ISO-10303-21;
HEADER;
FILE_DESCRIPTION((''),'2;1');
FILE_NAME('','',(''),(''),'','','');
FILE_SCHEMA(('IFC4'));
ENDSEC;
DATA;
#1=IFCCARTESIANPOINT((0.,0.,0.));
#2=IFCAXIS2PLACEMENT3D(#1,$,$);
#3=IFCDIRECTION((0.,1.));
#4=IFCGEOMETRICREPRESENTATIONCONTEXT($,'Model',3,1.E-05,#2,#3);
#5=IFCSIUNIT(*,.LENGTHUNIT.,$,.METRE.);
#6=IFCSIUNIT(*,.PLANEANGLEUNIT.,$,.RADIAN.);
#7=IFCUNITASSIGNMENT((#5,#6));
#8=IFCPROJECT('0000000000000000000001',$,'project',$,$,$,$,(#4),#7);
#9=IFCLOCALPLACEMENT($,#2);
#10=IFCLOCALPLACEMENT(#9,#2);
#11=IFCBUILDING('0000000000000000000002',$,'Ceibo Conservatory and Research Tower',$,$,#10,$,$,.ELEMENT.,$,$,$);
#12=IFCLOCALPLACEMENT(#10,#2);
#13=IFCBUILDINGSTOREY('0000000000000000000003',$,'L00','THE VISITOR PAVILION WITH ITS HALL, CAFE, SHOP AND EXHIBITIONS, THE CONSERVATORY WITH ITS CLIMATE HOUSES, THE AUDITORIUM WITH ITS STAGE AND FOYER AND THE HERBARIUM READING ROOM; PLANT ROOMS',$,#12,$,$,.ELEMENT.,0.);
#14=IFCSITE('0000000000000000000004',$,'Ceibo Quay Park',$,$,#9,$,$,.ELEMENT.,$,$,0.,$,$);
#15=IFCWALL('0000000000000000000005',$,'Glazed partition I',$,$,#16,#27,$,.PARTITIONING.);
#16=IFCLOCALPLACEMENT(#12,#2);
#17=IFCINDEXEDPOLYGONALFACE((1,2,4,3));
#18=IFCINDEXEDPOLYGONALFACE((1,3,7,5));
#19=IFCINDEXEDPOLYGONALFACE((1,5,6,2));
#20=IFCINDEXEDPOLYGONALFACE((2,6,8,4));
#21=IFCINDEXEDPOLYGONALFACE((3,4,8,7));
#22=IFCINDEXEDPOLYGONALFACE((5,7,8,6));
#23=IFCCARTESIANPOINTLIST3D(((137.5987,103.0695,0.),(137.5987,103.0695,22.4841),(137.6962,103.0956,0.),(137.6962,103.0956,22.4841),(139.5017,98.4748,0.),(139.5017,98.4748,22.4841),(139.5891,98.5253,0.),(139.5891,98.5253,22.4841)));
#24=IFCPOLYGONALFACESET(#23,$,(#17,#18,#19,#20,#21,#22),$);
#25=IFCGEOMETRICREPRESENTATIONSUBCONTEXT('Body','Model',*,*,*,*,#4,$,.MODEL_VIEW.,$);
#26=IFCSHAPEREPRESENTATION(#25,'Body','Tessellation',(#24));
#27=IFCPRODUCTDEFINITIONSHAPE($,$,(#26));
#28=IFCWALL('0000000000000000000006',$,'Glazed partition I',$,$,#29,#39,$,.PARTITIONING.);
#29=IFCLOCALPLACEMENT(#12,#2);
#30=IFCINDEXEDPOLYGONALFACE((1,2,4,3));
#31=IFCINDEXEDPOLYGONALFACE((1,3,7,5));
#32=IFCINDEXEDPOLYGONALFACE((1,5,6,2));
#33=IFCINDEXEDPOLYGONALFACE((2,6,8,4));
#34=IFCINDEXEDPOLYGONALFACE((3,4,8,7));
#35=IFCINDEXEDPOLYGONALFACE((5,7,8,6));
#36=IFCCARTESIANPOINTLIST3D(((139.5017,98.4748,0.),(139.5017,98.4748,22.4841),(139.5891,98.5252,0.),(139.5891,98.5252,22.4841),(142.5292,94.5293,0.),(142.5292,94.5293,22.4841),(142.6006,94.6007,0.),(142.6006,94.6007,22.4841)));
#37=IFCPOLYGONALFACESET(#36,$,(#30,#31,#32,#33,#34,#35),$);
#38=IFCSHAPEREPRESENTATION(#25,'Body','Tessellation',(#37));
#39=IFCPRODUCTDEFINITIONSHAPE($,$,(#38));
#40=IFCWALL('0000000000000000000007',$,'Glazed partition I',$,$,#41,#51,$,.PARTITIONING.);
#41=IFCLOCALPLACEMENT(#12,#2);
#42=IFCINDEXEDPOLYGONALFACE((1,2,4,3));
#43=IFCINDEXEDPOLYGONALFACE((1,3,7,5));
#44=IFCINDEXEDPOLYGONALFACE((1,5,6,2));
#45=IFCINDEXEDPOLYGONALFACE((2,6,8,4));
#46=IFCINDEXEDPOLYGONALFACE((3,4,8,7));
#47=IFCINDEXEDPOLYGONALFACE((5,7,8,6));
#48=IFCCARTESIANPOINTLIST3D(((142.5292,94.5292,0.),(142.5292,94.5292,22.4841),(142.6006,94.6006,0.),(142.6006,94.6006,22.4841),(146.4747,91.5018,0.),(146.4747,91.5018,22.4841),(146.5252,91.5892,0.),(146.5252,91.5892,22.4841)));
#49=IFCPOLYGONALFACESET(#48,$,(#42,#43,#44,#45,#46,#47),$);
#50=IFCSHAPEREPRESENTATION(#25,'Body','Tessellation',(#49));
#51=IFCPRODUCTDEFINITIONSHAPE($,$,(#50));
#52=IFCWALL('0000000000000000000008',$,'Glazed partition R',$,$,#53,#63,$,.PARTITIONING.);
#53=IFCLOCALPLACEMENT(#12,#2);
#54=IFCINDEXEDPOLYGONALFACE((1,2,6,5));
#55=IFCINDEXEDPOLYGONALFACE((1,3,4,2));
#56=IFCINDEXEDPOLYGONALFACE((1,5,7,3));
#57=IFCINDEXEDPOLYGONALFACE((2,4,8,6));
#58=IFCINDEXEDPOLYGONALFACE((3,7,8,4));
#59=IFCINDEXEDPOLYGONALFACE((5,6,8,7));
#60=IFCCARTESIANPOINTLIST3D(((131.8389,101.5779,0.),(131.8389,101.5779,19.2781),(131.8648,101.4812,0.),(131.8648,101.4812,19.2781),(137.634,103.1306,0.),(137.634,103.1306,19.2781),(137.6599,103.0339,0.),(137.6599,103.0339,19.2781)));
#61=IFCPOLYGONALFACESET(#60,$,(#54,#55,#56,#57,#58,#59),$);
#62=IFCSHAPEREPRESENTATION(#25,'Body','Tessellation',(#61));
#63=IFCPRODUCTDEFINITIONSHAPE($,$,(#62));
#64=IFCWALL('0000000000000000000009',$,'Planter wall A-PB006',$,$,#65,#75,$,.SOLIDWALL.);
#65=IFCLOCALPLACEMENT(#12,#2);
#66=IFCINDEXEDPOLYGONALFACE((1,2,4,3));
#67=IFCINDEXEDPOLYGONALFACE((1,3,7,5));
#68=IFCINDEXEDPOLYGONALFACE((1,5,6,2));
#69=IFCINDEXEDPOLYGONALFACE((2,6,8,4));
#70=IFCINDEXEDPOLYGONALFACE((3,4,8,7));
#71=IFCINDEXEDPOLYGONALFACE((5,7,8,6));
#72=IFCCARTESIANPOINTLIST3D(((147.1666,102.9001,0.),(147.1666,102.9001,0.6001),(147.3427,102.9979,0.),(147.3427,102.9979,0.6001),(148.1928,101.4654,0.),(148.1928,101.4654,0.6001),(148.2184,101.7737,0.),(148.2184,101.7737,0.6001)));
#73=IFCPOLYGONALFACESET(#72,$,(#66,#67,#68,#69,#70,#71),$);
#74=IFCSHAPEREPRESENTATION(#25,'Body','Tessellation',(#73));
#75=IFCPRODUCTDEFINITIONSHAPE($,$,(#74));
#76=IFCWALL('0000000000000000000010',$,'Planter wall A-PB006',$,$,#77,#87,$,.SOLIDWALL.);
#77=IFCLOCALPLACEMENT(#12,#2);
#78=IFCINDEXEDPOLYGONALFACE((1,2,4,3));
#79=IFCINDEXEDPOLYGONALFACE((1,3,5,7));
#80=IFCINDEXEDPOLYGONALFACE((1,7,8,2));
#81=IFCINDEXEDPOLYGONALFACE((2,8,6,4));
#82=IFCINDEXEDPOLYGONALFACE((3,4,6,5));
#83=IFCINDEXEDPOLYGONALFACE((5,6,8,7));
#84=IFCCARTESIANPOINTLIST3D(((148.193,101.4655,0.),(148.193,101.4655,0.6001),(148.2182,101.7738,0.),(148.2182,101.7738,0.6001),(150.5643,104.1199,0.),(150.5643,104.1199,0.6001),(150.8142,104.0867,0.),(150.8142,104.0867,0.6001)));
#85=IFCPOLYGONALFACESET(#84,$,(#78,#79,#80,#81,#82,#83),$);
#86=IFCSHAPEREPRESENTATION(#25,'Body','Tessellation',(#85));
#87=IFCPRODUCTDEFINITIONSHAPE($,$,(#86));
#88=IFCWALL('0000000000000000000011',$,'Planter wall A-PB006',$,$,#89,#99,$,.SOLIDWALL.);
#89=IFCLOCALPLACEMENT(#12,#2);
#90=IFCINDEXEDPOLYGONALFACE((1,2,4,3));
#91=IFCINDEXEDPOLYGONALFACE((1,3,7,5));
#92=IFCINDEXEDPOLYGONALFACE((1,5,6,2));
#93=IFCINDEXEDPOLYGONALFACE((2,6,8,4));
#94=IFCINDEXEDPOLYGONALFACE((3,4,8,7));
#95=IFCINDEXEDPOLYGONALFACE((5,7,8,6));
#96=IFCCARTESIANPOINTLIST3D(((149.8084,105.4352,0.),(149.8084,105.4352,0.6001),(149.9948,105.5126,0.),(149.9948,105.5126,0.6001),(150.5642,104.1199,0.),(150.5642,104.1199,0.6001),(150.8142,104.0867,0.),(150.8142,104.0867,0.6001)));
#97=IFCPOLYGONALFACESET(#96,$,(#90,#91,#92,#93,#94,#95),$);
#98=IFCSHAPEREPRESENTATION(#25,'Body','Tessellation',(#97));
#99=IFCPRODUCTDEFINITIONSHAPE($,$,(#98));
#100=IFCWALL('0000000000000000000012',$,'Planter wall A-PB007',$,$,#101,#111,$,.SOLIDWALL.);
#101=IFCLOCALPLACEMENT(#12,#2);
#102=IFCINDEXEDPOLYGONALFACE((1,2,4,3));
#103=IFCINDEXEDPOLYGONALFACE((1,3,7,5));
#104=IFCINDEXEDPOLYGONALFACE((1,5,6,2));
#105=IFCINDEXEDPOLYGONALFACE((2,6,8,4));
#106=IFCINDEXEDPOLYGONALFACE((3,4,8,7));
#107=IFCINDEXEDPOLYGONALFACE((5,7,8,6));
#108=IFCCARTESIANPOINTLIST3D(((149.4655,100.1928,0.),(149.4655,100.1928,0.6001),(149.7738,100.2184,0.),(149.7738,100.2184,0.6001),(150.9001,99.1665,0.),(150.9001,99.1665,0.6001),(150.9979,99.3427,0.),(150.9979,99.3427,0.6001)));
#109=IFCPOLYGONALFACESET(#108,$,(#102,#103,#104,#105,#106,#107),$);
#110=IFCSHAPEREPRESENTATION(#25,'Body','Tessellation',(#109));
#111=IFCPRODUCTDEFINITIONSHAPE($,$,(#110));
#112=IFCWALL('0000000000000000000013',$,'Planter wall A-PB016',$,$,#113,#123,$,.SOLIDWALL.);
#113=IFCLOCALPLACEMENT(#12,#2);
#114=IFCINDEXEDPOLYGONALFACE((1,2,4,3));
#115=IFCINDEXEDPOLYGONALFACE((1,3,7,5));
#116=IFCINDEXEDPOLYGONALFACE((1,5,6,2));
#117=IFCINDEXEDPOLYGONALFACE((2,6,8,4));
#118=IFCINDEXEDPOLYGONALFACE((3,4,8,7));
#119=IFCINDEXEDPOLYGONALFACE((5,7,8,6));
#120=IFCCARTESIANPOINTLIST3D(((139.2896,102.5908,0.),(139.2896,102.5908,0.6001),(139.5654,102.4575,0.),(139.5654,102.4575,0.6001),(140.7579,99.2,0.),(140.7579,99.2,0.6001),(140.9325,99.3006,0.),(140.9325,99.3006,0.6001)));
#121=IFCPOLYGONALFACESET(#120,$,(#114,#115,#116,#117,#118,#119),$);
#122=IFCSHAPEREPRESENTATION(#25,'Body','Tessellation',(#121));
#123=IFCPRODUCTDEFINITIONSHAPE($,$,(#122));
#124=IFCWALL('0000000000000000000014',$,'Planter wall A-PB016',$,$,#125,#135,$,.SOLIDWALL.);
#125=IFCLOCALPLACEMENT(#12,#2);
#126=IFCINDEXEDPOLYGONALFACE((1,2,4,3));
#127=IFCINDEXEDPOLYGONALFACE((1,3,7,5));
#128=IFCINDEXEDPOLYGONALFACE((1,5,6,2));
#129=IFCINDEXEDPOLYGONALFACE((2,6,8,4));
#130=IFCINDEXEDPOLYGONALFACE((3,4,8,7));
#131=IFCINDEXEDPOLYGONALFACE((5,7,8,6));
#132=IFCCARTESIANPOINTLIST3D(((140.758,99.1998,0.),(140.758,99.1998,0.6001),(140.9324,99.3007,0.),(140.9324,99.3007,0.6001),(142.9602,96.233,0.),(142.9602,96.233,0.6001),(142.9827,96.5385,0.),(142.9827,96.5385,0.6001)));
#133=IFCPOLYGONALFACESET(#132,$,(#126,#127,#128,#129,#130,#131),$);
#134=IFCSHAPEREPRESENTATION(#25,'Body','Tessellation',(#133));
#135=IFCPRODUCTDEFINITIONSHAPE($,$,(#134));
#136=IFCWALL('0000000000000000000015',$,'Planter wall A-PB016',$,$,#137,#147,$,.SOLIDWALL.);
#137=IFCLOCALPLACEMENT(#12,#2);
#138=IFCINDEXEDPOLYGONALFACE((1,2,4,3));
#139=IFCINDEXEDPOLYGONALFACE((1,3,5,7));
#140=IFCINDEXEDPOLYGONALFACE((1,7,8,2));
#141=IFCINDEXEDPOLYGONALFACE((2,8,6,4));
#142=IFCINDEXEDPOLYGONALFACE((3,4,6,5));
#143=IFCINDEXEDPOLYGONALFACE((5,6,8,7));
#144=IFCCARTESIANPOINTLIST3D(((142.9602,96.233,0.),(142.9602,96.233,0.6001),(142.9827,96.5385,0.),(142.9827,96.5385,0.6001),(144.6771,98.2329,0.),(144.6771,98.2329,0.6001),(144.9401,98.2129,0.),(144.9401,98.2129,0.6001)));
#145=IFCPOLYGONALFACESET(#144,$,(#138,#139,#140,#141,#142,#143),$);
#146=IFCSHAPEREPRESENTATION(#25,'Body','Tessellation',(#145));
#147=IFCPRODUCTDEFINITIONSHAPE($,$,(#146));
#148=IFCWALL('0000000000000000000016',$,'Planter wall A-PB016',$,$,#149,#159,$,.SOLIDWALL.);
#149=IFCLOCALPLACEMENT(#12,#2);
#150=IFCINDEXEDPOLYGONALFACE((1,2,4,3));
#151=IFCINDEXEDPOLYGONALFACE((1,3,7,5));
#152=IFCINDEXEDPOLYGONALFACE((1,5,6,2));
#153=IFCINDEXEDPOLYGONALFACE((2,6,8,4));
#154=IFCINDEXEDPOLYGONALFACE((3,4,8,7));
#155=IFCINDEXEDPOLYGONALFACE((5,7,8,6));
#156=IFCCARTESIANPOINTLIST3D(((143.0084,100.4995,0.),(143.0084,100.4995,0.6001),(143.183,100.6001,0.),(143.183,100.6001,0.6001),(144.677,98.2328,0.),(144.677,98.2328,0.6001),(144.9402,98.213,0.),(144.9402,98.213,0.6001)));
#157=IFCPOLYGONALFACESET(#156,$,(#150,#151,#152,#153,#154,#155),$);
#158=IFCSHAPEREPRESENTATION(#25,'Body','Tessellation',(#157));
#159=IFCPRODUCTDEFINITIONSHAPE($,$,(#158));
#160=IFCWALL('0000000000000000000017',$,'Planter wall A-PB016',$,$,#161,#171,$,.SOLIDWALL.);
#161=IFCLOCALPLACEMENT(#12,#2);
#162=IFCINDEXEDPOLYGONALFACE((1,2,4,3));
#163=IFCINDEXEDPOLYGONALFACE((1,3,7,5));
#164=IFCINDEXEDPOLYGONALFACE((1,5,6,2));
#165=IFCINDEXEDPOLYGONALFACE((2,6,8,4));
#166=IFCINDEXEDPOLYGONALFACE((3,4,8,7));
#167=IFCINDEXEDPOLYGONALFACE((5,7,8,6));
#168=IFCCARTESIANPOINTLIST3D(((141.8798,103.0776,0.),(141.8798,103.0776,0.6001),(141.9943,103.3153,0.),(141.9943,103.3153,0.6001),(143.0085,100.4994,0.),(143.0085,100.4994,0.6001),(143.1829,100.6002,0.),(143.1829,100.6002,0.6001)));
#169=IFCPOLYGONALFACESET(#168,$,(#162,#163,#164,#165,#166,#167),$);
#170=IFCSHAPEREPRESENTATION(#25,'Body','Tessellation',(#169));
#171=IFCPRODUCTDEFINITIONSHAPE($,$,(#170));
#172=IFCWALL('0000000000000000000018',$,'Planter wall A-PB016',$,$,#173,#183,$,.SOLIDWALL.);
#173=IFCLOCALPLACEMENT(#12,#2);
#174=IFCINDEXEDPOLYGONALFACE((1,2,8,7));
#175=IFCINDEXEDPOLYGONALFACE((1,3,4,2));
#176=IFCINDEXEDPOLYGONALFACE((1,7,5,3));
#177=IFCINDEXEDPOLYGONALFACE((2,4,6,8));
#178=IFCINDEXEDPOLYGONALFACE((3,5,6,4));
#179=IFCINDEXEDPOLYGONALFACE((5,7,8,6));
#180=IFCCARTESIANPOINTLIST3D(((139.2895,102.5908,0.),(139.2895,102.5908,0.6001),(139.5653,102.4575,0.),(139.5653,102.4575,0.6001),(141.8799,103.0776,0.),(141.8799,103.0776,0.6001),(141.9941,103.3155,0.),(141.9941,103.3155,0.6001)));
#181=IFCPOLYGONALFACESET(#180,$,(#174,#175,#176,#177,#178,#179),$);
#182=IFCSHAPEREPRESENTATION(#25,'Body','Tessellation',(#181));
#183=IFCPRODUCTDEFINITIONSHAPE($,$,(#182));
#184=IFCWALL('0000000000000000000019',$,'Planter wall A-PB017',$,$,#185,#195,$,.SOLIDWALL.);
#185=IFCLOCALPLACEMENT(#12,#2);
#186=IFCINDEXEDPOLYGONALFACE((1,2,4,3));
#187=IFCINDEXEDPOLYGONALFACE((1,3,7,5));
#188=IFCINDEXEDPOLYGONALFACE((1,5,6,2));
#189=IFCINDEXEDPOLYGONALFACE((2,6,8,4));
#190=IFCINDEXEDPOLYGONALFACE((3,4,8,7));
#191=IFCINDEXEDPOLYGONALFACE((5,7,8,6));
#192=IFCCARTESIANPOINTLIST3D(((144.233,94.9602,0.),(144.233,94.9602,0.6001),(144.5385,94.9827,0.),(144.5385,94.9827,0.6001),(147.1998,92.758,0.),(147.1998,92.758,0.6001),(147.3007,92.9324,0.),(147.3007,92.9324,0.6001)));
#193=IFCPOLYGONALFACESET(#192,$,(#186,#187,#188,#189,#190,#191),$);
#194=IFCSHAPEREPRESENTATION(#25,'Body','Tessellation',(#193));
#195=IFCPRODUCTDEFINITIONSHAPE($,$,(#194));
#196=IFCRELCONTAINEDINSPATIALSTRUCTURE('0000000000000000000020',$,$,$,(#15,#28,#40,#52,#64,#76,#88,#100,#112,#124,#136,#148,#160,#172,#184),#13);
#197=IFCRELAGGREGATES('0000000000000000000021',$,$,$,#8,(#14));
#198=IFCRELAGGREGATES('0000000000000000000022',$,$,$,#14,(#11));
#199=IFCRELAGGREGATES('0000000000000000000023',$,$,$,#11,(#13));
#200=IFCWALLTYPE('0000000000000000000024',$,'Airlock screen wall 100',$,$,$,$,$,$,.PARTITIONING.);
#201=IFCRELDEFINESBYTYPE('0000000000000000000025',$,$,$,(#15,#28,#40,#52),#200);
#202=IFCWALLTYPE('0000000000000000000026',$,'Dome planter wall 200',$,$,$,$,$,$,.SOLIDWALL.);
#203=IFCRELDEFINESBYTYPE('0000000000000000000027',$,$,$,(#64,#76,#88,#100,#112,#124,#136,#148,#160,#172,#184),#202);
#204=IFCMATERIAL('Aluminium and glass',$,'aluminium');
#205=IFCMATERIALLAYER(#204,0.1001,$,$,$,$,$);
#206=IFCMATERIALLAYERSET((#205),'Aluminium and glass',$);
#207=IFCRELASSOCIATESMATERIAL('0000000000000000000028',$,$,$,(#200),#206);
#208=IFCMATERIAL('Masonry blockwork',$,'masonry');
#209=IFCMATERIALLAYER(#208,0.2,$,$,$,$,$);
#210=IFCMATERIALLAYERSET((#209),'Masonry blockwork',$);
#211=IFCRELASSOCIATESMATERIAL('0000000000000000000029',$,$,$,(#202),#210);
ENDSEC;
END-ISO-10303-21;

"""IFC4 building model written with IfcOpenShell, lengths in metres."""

from ifc_helpers import new_model, si_unit, direction, frame, frame_2d, origin, place, context, subcontext, project, spatial, polyline, rectangle, outline, extrude, material, layer, layer_set, type_object, element, save


model = new_model("IFC4")

# Units and contexts
model_context = context("Model", 3, precision=1e-05, world=origin(), true_north=direction((0.0, 1.0)))
body_context = subcontext(model_context, "Body", "Model", "MODEL_VIEW")
ifc_project = project(units=[si_unit("LENGTHUNIT", "METRE"), si_unit("PLANEANGLEUNIT", "RADIAN")], contexts=[model_context])

# Site, building, storey
site_placement = place(None, origin())
site = spatial("IfcSite", under=ifc_project, at=site_placement, Name="Ceibo Quay Park", CompositionType="ELEMENT", RefElevation=0.0)
building_placement = place(site_placement, origin())
building = spatial("IfcBuilding", under=site, at=building_placement, Name="Ceibo Conservatory and Research Tower", CompositionType="ELEMENT")
storey_placement = place(building_placement, origin())
storey = spatial("IfcBuildingStorey", under=building, at=storey_placement, Name="L00", Description="THE VISITOR PAVILION WITH ITS HALL, CAFE, SHOP AND EXHIBITIONS, THE CONSERVATORY WITH ITS CLIMATE HOUSES, THE AUDITORIUM WITH ITS STAGE AND FOYER AND THE HERBARIUM READING ROOM; PLANT ROOMS", CompositionType="ELEMENT", Elevation=0.0)

# Walls
ifc_material_1 = material(Name="Aluminium and glass", Category="aluminium")
ifc_layer_1 = layer(ifc_material_1, 0.1001)
ifc_layer_set_1 = layer_set([ifc_layer_1], Name="Aluminium and glass")
wall_type_1 = type_object("IfcWallType", Name="Airlock screen wall 100", PredefinedType="PARTITIONING", material=ifc_layer_set_1)
for number, where, z_axis, x_axis, name in (
    (1, (137.6475, 103.0825, 0.0), (0.0, 0.0, 1.0), (0.38265, -0.923893, 0.0), "Glazed partition I"),
    (2, (139.5454, 98.5, 0.0), (0.0, 0.0, 1.0), (0.608768, -0.793348, 0.0), "Glazed partition I"),
    (3, (142.5649, 94.5649, 0.0), (0.0, 0.0, 1.0), (0.793348, -0.608768, 0.0), "Glazed partition I"),
):
    element("IfcWall", number, at=place(storey_placement, frame(where, z_axis=z_axis, x_axis=x_axis)), inside=storey, type_object=wall_type_1, Name=name, PredefinedType="PARTITIONING", context=body_context, shape_type="SweptSolid", body=[
        extrude(outline(polyline([(-0.0066, -0.05), (4.9666, -0.05), (4.9534, 0.05), (0.0066, 0.05), (-0.0066, -0.05)])), origin(), (0.0, 0.0, 1.0), 22.4841),
    ])
wall_1_placement = place(storey_placement, frame((137.647, 103.0823, 0.0), z_axis=(0.0, 0.0, 1.0), x_axis=(-0.965929, -0.258807, 0.0)))
element("IfcWall", 4, at=wall_1_placement, inside=storey, type_object=wall_type_1, Name="Glazed partition R", PredefinedType="PARTITIONING", context=body_context, shape_type="SweptSolid", body=[
    extrude(rectangle(XDim=5.9995, YDim=0.1001, at=frame_2d((2.9998, 0.0))), origin(), (0.0, 0.0, 1.0), 19.2781),
])
ifc_material_2 = material(Name="Masonry blockwork", Category="masonry")
ifc_layer_2 = layer(ifc_material_2, 0.2)
ifc_layer_set_2 = layer_set([ifc_layer_2], Name="Masonry blockwork")
wall_type_2 = type_object("IfcWallType", Name="Dome planter wall 200", PredefinedType="SOLIDWALL", material=ifc_layer_set_2)
wall_2_placement = place(storey_placement, frame((147.2546, 102.949, 0.0), z_axis=(0.0, 0.0, 1.0), x_axis=(0.581803, -0.81333, 0.0)))
element("IfcWall", 5, at=wall_2_placement, inside=storey, type_object=wall_type_2, Name="Planter wall A-PB006", PredefinedType="SOLIDWALL", context=body_context, shape_type="SweptSolid", body=[
    extrude(outline(polyline([(-0.0115, -0.1001), (1.7524, -0.1001), (1.5166, 0.1001), (0.0115, 0.1001), (-0.0115, -0.1001)])), origin(), (0.0, 0.0, 1.0), 0.6001),
])
wall_3_placement = place(storey_placement, frame((148.2056, 101.6196, 0.0), z_axis=(0.0, 0.0, 1.0), x_axis=(0.707107, 0.707107, 0.0)))
element("IfcWall", 6, at=wall_3_placement, inside=storey, type_object=wall_type_2, Name="Planter wall A-PB006", PredefinedType="SOLIDWALL", context=body_context, shape_type="SweptSolid", body=[
    extrude(outline(polyline([(-0.1179, -0.1001), (3.5891, -0.1001), (3.4358, 0.1001), (0.1179, 0.1001), (-0.1179, -0.1001)])), origin(), (0.0, 0.0, 1.0), 0.6001),
])
wall_4_placement = place(storey_placement, frame((150.6892, 104.1033, 0.0), z_axis=(0.0, 0.0, 1.0), x_axis=(-0.498233, 0.867043, 0.0)))
element("IfcWall", 7, at=wall_4_placement, inside=storey, type_object=wall_type_2, Name="Planter wall A-PB006", PredefinedType="SOLIDWALL", context=body_context, shape_type="SweptSolid", body=[
    extrude(outline(polyline([(-0.0767, -0.1001), (1.5679, -0.1001), (1.5938, 0.1001), (0.0767, 0.1001), (-0.0767, -0.1001)])), origin(), (0.0, 0.0, 1.0), 0.6001),
])
wall_5_placement = place(storey_placement, frame((149.6196, 100.2056, 0.0), z_axis=(0.0, 0.0, 1.0), x_axis=(0.81333, -0.581803, 0.0)))
element("IfcWall", 8, at=wall_5_placement, inside=storey, type_object=wall_type_2, Name="Planter wall A-PB007", PredefinedType="SOLIDWALL", context=body_context, shape_type="SweptSolid", body=[
    extrude(outline(polyline([(-0.1179, -0.1001), (1.646, -0.1001), (1.623, 0.1001), (0.1179, 0.1001), (-0.1179, -0.1001)])), origin(), (0.0, 0.0, 1.0), 0.6001),
])
wall_6_placement = place(storey_placement, frame((139.4275, 102.5242, 0.0), z_axis=(0.0, 0.0, 1.0), x_axis=(0.397377, -0.917655, 0.0)))
element("IfcWall", 9, at=wall_6_placement, inside=storey, type_object=wall_type_2, Name="Planter wall A-PB016", PredefinedType="SOLIDWALL", context=body_context, shape_type="SweptSolid", body=[
    extrude(outline(polyline([(-0.116, -0.1001), (3.5791, -0.1001), (3.5562, 0.1001), (0.116, 0.1001), (-0.116, -0.1001)])), origin(), (0.0, 0.0, 1.0), 0.6001),
])
wall_7_placement = place(storey_placement, frame((140.8452, 99.2502, 0.0), z_axis=(0.0, 0.0, 1.0), x_axis=(0.596018, -0.802971, 0.0)))
element("IfcWall", 10, at=wall_7_placement, inside=storey, type_object=wall_type_2, Name="Planter wall A-PB016", PredefinedType="SOLIDWALL", context=body_context, shape_type="SweptSolid", body=[
    extrude(outline(polyline([(-0.0115, -0.1001), (3.6833, -0.1001), (3.4514, 0.1001), (0.0115, 0.1001), (-0.0115, -0.1001)])), origin(), (0.0, 0.0, 1.0), 0.6001),
])
wall_8_placement = place(storey_placement, frame((142.9714, 96.3857, 0.0), z_axis=(0.0, 0.0, 1.0), x_axis=(0.707107, 0.707107, 0.0)))
element("IfcWall", 11, at=wall_8_placement, inside=storey, type_object=wall_type_2, Name="Planter wall A-PB016", PredefinedType="SOLIDWALL", context=body_context, shape_type="SweptSolid", body=[
    extrude(outline(polyline([(-0.116, -0.1001), (2.6841, -0.1001), (2.5122, 0.1001), (0.116, 0.1001), (-0.116, -0.1001)])), origin(), (0.0, 0.0, 1.0), 0.6001),
])
wall_9_placement = place(storey_placement, frame((144.8086, 98.2229, 0.0), z_axis=(0.0, 0.0, 1.0), x_axis=(-0.592824, 0.805332, 0.0)))
element("IfcWall", 12, at=wall_9_placement, inside=storey, type_object=wall_type_2, Name="Planter wall A-PB016", PredefinedType="SOLIDWALL", context=body_context, shape_type="SweptSolid", body=[
    extrude(outline(polyline([(-0.0859, -0.1001), (2.8782, -0.1001), (2.9006, 0.1001), (0.0859, 0.1001), (-0.0859, -0.1001)])), origin(), (0.0, 0.0, 1.0), 0.6001),
])
wall_10_placement = place(storey_placement, frame((143.0957, 100.5498, 0.0), z_axis=(0.0, 0.0, 1.0), x_axis=(-0.401036, 0.916062, 0.0)))
element("IfcWall", 13, at=wall_10_placement, inside=storey, type_object=wall_type_2, Name="Planter wall A-PB016", PredefinedType="SOLIDWALL", context=body_context, shape_type="SweptSolid", body=[
    extrude(outline(polyline([(0.0112, -0.1001), (2.9751, -0.1001), (2.8032, 0.1001), (-0.0112, 0.1001), (0.0112, -0.1001)])), origin(), (0.0, 0.0, 1.0), 0.6001),
])
wall_11_placement = place(storey_placement, frame((141.937, 103.1965, 0.0), z_axis=(0.0, 0.0, 1.0), x_axis=(-0.965932, -0.258797, 0.0)))
element("IfcWall", 14, at=wall_11_placement, inside=storey, type_object=wall_type_2, Name="Planter wall A-PB016", PredefinedType="SOLIDWALL", context=body_context, shape_type="SweptSolid", body=[
    extrude(outline(polyline([(-0.0859, -0.1001), (2.7141, -0.1001), (2.4822, 0.1001), (0.0859, 0.1001), (-0.0859, -0.1001)])), origin(), (0.0, 0.0, 1.0), 0.6001),
])
wall_12_placement = place(storey_placement, frame((144.3857, 94.9714, 0.0), z_axis=(0.0, 0.0, 1.0), x_axis=(0.802971, -0.596018, 0.0)))
element("IfcWall", 15, at=wall_12_placement, inside=storey, type_object=wall_type_2, Name="Planter wall A-PB017", PredefinedType="SOLIDWALL", context=body_context, shape_type="SweptSolid", body=[
    extrude(outline(polyline([(-0.116, -0.1001), (3.5789, -0.1001), (3.5559, 0.1001), (0.116, 0.1001), (-0.116, -0.1001)])), origin(), (0.0, 0.0, 1.0), 0.6001),
])

save(model, "model.ifc")
